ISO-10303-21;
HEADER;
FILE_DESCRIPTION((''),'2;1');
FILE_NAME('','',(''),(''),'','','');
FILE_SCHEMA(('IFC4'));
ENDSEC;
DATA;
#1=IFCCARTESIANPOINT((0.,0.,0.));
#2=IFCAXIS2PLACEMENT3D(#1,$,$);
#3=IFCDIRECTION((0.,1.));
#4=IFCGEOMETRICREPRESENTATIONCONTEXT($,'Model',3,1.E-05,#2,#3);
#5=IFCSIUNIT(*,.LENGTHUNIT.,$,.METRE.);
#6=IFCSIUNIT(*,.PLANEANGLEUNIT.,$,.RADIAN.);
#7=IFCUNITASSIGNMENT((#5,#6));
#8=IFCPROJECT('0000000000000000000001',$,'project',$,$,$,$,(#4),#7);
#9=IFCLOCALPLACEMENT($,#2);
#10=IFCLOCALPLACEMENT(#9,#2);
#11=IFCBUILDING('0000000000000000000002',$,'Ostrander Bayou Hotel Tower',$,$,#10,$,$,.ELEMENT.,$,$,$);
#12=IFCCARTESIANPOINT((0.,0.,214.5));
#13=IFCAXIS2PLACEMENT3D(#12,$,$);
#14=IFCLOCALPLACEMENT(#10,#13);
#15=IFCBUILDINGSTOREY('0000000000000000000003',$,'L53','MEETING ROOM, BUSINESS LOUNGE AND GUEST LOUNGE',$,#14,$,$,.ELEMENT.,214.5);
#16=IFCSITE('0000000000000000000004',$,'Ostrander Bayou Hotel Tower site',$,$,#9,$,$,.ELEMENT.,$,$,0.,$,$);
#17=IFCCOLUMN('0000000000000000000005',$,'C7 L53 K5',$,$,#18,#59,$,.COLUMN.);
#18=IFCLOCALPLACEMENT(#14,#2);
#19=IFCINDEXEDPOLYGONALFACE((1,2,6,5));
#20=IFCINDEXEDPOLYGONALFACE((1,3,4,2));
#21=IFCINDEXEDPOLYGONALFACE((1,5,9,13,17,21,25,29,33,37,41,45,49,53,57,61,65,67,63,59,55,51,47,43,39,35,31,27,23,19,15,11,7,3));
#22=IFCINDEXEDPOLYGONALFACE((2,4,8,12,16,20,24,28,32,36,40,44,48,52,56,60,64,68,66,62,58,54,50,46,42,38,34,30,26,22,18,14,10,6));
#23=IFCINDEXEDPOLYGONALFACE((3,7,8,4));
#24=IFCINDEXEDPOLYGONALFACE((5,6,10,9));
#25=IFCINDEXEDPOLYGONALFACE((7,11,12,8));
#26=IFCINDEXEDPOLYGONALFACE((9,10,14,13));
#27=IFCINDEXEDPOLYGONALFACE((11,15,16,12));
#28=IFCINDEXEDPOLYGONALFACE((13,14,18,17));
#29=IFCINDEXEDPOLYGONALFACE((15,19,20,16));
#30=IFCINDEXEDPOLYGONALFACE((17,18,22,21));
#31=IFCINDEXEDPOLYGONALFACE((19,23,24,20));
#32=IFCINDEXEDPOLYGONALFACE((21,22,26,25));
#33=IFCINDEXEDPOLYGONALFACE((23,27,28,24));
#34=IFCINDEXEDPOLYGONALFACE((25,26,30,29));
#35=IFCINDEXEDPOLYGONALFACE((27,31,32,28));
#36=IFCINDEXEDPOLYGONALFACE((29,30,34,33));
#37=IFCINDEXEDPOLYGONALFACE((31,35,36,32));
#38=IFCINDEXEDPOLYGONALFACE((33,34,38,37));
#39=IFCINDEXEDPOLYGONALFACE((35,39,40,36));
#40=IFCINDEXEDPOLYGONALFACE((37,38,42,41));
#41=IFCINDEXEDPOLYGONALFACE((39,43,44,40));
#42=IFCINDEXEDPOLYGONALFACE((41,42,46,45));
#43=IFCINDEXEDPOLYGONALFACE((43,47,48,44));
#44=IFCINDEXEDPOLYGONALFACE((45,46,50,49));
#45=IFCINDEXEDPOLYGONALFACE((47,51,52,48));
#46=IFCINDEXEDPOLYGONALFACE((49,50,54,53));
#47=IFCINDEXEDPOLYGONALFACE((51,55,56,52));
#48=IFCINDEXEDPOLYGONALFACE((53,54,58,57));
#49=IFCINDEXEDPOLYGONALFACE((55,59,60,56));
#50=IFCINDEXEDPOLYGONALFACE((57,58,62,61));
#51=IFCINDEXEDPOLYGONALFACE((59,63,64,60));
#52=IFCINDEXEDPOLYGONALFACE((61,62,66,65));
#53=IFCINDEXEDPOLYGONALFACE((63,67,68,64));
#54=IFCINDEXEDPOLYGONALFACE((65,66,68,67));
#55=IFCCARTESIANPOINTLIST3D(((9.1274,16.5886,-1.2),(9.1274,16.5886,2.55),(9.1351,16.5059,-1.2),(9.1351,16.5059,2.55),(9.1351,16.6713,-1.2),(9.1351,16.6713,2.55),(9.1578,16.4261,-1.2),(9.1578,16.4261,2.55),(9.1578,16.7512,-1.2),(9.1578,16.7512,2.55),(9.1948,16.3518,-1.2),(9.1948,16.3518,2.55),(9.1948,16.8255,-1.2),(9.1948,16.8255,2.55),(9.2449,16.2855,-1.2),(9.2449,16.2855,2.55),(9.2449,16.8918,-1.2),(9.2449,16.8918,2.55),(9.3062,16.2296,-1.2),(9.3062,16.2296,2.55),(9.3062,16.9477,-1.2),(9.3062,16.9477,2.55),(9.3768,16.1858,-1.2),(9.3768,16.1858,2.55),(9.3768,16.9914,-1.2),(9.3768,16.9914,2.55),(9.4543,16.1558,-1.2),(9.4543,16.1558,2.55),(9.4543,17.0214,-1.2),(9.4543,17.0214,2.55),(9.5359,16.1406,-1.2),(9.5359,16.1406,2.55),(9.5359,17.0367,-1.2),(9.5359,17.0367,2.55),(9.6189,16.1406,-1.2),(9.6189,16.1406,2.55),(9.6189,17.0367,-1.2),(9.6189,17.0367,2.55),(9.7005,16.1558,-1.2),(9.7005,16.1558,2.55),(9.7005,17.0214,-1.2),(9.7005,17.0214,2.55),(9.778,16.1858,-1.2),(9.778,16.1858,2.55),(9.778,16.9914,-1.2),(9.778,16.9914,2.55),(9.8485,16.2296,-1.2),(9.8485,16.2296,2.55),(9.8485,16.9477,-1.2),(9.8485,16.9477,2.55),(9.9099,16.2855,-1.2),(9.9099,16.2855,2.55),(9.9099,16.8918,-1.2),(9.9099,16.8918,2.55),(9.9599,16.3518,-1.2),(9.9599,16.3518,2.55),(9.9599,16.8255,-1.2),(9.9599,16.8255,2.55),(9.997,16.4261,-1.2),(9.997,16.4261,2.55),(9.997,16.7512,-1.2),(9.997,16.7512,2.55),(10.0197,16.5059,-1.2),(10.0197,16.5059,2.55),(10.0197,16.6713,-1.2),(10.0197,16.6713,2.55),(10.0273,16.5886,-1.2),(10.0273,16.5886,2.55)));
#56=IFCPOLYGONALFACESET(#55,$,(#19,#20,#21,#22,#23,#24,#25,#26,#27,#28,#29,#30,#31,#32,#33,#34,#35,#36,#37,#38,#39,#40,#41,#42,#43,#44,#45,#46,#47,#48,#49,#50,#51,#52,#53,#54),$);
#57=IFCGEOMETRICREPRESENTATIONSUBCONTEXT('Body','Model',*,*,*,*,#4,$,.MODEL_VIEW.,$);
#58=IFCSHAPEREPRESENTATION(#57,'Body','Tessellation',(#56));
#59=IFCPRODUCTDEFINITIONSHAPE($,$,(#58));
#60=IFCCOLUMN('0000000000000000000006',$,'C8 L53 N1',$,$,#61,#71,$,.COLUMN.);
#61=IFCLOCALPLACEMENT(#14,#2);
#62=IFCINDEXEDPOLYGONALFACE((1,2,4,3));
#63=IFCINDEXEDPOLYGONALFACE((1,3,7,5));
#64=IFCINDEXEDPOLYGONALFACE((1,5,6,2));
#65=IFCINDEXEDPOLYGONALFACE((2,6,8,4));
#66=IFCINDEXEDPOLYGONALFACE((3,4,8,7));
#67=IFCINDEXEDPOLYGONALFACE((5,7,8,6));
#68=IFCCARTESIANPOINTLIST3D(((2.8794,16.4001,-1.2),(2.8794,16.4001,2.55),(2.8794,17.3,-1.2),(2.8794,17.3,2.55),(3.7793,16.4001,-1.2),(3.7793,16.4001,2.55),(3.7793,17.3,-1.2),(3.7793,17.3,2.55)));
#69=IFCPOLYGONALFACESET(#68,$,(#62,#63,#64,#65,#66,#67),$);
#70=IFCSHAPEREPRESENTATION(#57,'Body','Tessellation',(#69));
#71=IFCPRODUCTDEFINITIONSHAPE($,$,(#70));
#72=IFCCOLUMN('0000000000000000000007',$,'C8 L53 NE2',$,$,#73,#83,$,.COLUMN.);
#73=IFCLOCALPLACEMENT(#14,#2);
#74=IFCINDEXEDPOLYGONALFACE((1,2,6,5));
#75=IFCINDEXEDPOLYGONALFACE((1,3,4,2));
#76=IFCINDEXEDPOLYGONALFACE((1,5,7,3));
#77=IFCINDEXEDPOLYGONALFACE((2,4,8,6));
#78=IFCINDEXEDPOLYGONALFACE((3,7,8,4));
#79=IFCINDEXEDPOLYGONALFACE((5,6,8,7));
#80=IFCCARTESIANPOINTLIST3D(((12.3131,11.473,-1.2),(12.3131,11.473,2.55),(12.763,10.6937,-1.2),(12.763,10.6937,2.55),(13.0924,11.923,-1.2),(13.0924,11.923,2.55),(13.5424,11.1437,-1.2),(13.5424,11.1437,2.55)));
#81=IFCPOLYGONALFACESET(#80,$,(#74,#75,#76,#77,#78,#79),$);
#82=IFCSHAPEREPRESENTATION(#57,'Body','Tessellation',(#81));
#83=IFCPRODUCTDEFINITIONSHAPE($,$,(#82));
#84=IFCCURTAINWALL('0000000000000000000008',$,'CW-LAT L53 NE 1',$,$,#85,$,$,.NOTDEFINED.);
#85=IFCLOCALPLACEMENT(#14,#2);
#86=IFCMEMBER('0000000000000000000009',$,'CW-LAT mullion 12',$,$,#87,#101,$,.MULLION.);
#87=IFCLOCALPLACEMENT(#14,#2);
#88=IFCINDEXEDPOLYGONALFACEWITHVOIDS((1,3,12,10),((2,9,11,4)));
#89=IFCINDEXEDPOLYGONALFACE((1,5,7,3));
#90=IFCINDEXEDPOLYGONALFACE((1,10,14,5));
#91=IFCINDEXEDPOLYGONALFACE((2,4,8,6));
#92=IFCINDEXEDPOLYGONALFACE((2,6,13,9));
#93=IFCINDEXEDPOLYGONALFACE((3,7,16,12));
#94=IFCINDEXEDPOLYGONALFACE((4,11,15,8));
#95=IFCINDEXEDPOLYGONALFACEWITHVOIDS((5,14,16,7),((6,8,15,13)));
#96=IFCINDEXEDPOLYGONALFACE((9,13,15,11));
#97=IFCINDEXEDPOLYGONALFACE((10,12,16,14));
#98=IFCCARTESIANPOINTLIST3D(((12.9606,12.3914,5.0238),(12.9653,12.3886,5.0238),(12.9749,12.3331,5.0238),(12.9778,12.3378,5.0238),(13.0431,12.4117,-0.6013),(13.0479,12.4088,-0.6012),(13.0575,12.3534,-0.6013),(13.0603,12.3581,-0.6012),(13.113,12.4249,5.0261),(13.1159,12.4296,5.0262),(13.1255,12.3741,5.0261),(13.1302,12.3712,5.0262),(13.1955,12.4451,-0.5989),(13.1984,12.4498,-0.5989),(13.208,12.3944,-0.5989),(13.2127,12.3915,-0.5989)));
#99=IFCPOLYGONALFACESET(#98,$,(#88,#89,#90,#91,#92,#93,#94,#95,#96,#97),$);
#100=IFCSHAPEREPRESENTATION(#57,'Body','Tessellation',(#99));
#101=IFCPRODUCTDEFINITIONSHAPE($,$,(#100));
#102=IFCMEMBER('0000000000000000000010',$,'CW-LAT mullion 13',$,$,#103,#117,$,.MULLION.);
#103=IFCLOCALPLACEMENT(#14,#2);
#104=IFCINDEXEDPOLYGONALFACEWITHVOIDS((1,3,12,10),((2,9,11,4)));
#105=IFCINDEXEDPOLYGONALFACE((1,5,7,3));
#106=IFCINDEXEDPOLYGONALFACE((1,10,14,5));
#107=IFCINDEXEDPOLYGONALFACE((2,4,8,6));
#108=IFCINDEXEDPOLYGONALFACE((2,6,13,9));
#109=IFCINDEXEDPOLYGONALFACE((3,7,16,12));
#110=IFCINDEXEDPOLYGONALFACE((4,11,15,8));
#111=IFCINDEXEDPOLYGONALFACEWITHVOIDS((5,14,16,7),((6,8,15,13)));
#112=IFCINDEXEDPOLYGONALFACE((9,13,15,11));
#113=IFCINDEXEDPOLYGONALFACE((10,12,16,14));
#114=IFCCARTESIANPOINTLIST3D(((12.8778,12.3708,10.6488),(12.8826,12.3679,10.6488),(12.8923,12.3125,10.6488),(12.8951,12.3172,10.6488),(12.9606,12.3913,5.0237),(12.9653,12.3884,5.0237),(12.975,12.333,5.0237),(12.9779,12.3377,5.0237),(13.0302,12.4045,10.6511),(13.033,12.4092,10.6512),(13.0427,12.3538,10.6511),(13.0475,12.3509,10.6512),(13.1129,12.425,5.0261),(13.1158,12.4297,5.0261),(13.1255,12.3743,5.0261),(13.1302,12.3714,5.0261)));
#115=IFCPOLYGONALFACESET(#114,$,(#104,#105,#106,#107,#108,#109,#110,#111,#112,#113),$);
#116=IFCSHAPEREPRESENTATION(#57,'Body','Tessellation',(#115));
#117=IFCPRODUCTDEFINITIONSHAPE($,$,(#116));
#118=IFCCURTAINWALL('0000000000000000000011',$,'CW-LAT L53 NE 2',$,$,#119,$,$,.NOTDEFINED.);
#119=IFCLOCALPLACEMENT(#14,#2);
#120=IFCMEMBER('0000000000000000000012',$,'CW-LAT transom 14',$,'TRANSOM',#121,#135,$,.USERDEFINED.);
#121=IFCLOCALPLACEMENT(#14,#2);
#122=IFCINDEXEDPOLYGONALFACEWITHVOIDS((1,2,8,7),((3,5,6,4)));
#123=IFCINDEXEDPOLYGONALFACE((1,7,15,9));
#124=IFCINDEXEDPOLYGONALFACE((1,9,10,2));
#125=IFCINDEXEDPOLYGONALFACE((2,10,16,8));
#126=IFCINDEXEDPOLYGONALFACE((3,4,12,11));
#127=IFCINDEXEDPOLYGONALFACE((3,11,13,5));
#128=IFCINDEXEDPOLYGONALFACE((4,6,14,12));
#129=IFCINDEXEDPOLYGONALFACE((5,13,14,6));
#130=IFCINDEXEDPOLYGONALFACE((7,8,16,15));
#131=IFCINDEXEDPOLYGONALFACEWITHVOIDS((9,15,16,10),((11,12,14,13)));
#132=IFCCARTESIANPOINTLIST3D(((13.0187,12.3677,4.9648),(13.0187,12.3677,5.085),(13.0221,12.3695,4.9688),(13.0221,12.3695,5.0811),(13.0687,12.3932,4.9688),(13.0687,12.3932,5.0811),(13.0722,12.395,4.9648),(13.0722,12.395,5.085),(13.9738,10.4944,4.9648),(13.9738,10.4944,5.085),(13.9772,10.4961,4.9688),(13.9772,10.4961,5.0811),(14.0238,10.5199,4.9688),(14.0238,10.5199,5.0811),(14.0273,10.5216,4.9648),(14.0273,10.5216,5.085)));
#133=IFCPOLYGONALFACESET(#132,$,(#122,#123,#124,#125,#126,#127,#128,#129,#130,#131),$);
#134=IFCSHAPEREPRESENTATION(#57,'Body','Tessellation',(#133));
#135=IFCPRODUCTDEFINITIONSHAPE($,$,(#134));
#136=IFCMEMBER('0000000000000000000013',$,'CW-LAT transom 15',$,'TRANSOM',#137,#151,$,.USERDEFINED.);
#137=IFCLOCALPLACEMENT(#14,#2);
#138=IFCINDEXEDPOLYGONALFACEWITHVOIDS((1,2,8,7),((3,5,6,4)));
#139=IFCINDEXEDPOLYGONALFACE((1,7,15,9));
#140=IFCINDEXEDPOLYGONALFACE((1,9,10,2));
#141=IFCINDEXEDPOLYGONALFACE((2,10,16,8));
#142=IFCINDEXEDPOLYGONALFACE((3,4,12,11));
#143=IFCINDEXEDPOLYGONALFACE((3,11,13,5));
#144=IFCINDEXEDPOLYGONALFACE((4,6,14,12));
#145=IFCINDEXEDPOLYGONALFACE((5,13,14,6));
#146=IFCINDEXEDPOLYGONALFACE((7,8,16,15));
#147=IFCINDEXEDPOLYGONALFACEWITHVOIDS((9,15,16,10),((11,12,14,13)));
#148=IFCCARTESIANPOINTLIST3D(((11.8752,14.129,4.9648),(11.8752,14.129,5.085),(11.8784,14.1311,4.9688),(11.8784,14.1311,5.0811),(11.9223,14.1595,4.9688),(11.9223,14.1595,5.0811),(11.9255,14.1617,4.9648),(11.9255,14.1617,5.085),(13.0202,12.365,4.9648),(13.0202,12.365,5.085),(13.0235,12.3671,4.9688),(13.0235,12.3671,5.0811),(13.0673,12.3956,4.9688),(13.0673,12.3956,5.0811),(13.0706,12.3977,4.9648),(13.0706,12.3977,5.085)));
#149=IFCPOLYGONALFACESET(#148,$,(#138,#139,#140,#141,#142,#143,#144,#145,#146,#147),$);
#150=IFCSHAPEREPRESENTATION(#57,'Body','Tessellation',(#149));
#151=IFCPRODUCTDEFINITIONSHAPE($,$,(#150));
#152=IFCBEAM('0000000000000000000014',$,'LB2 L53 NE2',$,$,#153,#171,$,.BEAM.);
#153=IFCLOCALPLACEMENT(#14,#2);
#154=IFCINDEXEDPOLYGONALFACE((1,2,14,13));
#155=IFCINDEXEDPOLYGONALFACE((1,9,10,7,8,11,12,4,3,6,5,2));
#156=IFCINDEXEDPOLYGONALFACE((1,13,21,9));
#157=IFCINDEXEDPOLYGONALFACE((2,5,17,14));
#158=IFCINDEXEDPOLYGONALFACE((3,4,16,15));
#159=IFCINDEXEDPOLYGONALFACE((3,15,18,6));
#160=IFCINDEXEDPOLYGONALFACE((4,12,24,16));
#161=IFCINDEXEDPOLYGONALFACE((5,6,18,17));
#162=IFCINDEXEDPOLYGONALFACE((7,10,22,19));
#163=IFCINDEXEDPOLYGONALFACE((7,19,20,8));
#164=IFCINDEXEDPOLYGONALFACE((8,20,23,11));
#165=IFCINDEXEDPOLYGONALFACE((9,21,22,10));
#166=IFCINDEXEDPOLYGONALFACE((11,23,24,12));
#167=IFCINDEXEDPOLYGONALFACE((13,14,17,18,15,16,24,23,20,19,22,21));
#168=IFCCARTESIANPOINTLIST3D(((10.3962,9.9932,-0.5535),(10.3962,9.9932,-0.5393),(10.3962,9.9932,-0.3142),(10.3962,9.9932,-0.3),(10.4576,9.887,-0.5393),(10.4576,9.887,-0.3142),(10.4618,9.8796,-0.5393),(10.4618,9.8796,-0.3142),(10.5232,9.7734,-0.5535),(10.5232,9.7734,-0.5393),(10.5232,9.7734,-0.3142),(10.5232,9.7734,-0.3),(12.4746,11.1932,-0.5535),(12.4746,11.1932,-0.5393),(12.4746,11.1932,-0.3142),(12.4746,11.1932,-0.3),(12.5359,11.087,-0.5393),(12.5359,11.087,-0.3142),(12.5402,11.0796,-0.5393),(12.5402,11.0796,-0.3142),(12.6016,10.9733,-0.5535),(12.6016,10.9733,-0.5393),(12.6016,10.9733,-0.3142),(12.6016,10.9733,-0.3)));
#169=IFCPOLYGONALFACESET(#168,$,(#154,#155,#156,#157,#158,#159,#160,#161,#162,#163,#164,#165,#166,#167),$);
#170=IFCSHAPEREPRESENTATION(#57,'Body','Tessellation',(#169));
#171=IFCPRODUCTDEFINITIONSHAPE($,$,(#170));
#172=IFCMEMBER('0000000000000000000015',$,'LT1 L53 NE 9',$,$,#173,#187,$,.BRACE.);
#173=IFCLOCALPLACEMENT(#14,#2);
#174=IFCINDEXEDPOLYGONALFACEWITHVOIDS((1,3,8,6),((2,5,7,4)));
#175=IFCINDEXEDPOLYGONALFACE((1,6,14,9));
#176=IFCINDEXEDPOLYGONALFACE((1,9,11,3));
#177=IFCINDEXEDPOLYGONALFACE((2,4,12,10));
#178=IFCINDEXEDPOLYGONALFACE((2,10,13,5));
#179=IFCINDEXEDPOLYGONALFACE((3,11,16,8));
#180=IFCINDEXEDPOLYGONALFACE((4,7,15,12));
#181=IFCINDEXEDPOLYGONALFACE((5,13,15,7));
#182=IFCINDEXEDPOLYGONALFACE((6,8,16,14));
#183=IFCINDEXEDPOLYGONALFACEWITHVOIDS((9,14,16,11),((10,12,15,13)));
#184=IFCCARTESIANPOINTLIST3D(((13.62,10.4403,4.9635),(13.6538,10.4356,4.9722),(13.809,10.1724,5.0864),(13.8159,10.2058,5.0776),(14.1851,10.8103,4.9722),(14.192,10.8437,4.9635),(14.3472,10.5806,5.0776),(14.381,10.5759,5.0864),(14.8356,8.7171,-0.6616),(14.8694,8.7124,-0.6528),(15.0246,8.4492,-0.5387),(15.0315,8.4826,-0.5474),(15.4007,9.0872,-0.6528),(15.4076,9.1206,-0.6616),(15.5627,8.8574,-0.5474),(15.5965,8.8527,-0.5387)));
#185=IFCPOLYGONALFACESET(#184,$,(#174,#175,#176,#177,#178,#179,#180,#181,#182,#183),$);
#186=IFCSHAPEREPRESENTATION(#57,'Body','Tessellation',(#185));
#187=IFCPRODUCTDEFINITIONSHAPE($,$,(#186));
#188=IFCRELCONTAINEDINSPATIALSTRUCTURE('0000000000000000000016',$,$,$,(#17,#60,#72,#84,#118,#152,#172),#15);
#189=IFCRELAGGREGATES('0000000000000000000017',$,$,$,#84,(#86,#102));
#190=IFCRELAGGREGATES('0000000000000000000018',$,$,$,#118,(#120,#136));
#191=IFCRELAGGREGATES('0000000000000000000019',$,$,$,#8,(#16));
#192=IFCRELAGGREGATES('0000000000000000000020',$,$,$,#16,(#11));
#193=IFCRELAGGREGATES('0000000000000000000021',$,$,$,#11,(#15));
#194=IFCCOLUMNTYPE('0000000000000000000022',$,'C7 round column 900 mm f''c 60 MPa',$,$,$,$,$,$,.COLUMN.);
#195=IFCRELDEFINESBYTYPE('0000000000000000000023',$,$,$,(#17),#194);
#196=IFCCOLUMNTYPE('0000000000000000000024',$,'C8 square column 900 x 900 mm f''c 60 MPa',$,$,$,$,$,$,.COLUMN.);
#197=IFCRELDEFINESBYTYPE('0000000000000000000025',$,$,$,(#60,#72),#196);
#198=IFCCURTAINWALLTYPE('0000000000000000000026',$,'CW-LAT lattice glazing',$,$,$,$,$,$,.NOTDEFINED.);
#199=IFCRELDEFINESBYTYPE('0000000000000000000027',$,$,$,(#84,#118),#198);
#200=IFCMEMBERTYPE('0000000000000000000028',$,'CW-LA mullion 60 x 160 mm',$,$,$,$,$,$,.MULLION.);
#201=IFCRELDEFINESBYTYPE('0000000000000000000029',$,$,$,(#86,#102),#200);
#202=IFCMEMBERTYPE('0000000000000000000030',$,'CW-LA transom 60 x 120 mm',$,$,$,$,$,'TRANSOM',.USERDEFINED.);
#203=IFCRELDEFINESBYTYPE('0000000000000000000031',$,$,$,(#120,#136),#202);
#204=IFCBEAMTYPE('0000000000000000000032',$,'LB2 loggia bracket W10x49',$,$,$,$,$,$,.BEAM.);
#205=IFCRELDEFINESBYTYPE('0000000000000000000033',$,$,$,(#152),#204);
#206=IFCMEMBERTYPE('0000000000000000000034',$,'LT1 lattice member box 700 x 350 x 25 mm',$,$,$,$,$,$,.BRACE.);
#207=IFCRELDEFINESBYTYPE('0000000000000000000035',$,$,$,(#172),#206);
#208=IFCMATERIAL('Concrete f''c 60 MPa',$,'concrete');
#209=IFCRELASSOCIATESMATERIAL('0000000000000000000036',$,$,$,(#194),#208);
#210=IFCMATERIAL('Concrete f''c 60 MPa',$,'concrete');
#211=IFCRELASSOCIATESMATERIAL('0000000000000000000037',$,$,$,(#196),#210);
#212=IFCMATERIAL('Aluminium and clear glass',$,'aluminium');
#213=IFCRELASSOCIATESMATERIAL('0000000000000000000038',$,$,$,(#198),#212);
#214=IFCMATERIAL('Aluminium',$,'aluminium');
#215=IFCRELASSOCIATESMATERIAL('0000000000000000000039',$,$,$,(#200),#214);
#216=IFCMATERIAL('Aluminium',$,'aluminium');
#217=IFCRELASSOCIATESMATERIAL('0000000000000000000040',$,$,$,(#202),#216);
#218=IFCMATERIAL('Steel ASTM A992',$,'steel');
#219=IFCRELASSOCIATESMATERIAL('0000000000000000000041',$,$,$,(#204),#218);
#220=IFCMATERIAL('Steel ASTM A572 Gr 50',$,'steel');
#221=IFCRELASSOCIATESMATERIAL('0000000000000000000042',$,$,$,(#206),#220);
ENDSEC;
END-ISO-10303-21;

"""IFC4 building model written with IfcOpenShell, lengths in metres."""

from ifc_helpers import new_model, si_unit, direction, frame, origin, origin_2d, place, context, subcontext, project, spatial, rectangle, hollow_rectangle, circle, i_section, extrude, material, material_profile, profile_set, type_object, element, aggregate, save


model = new_model("IFC4")

# Units and contexts
model_context = context("Model", 3, precision=1e-05, world=origin(), true_north=direction((0.0, 1.0)))
body_context = subcontext(model_context, "Body", "Model", "MODEL_VIEW")
ifc_project = project(units=[si_unit("LENGTHUNIT", "METRE"), si_unit("PLANEANGLEUNIT", "RADIAN")], contexts=[model_context])

# Site, building, storey
site_placement = place(None, origin())
site = spatial("IfcSite", under=ifc_project, at=site_placement, Name="Ostrander Bayou Hotel Tower site", CompositionType="ELEMENT", RefElevation=0.0)
building_placement = place(site_placement, origin())
building = spatial("IfcBuilding", under=site, at=building_placement, Name="Ostrander Bayou Hotel Tower", CompositionType="ELEMENT")
storey_placement = place(building_placement, frame((0.0, 0.0, 214.5)))
storey = spatial("IfcBuildingStorey", under=building, at=storey_placement, Name="L53", Description="MEETING ROOM, BUSINESS LOUNGE AND GUEST LOUNGE", CompositionType="ELEMENT", Elevation=214.5)

# Columns
ifc_material_1 = material(Name="Concrete f'c 60 MPa", Category="concrete")
ifc_material_profile_1 = material_profile(ifc_material_1, circle(Radius=0.45, at=origin_2d()))
ifc_profile_set_1 = profile_set([ifc_material_profile_1], Name="Concrete f'c 60 MPa")
column_type_1 = type_object("IfcColumnType", Name="C7 round column 900 mm f'c 60 MPa", PredefinedType="COLUMN", material=ifc_profile_set_1)
column_placement = place(storey_placement, frame((9.5774, 16.5886, -1.2), z_axis=(0.0, 0.0, 1.0), x_axis=(1.0, 0.0, 0.0)))
element("IfcColumn", 1, at=column_placement, inside=storey, type_object=column_type_1, Name="C7 L53 K5", PredefinedType="COLUMN", context=body_context, shape_type="SweptSolid", body=[
    extrude(circle(Radius=0.45, at=origin_2d()), origin(), (0.0, 0.0, 1.0), 3.75),
])
ifc_material_2 = material(Name="Concrete f'c 60 MPa", Category="concrete")
ifc_material_profile_2 = material_profile(ifc_material_2, rectangle(XDim=0.8999, YDim=0.8999, at=origin_2d()))
ifc_profile_set_2 = profile_set([ifc_material_profile_2], Name="Concrete f'c 60 MPa")
column_type_2 = type_object("IfcColumnType", Name="C8 square column 900 x 900 mm f'c 60 MPa", PredefinedType="COLUMN", material=ifc_profile_set_2)
for number, where, z_axis, x_axis, name in (
    (2, (3.3293, 16.8501, -1.2), (0.0, 0.0, 1.0), (1.0, 0.0, 0.0), "C8 L53 N1"),
    (3, (12.9277, 11.3083, -1.2), (0.0, 0.0, 1.0), (0.5, -0.866025, 0.0), "C8 L53 NE2"),
):
    element("IfcColumn", number, at=place(storey_placement, frame(where, z_axis=z_axis, x_axis=x_axis)), inside=storey, type_object=column_type_2, Name=name, PredefinedType="COLUMN", context=body_context, shape_type="SweptSolid", body=[
        extrude(rectangle(XDim=0.8999, YDim=0.8999, at=origin_2d()), origin(), (0.0, 0.0, 1.0), 3.75),
    ])

# Curtain walls, members
ifc_material_3 = material(Name="Aluminium and clear glass", Category="aluminium")
curtain_wall_type = type_object("IfcCurtainWallType", Name="CW-LAT lattice glazing", PredefinedType="NOTDEFINED", material=ifc_material_3)
curtain_wall_1_placement = place(storey_placement, origin())
curtain_wall_1 = element("IfcCurtainWall", 4, at=curtain_wall_1_placement, inside=storey, type_object=curtain_wall_type, Name="CW-LAT L53 NE 1", PredefinedType="NOTDEFINED")
ifc_material_4 = material(Name="Aluminium", Category="aluminium")
ifc_material_profile_3 = material_profile(ifc_material_4, hollow_rectangle(XDim=0.0601, YDim=0.1599, WallThickness=0.0039, at=origin_2d()))
ifc_profile_set_3 = profile_set([ifc_material_profile_3], Name="Aluminium")
member_type_1 = type_object("IfcMemberType", Name="CW-LA mullion 60 x 160 mm", PredefinedType="MULLION", material=ifc_profile_set_3)
member_1_placement = place(storey_placement, frame((13.1279, 12.4016, -0.6001), z_axis=(-0.014668, -0.003602, 0.999886), x_axis=(0.238477, -0.971148, 0.0)))
member_1 = element("IfcMember", 5, at=member_1_placement, type_object=member_type_1, Name="CW-LAT mullion 12", PredefinedType="MULLION", context=body_context, shape_type="SweptSolid", body=[
    extrude(hollow_rectangle(XDim=0.0601, YDim=0.1599, WallThickness=0.0039, at=origin_2d()), origin(), (0.0, 0.0, 1.0), 5.6257),
])
member_2_placement = place(storey_placement, frame((13.0454, 12.3813, 5.0249), z_axis=(-0.014712, -0.003645, 0.999885), x_axis=(0.240514, -0.970646, 0.0)))
member_2 = element("IfcMember", 6, at=member_2_placement, type_object=member_type_1, Name="CW-LAT mullion 13", PredefinedType="MULLION", context=body_context, shape_type="SweptSolid", body=[
    extrude(hollow_rectangle(XDim=0.0601, YDim=0.1599, WallThickness=0.0039, at=origin_2d()), origin(), (0.0, 0.0, 1.0), 5.6257),
])
aggregate(curtain_wall_1, [member_1, member_2])
curtain_wall_2_placement = place(storey_placement, origin())
curtain_wall_2 = element("IfcCurtainWall", 7, at=curtain_wall_2_placement, inside=storey, type_object=curtain_wall_type, Name="CW-LAT L53 NE 2", PredefinedType="NOTDEFINED")
ifc_material_5 = material(Name="Aluminium", Category="aluminium")
ifc_material_profile_4 = material_profile(ifc_material_5, hollow_rectangle(XDim=0.0601, YDim=0.1201, WallThickness=0.0039, at=origin_2d()))
ifc_profile_set_4 = profile_set([ifc_material_profile_4], Name="Aluminium")
member_type_2 = type_object("IfcMemberType", Name="CW-LA transom 60 x 120 mm", ElementType="TRANSOM", PredefinedType="USERDEFINED", material=ifc_profile_set_4)
member_3_placement = place(storey_placement, frame((13.0454, 12.3813, 5.0249), z_axis=(0.454213, -0.890893, 0.0), x_axis=(0.890893, 0.454213, 0.0)))
member_3 = element("IfcMember", 8, at=member_3_placement, type_object=member_type_2, Name="CW-LAT transom 14", ObjectType="TRANSOM", PredefinedType="USERDEFINED", context=body_context, shape_type="SweptSolid", body=[
    extrude(hollow_rectangle(XDim=0.0601, YDim=0.1201, WallThickness=0.0039, at=origin_2d()), origin(), (0.0, 0.0, 1.0), 2.1028),
])
member_4_placement = place(storey_placement, frame((13.0454, 12.3813, 5.0249), z_axis=(-0.544478, 0.838775, 0.0), x_axis=(-0.838775, -0.544478, 0.0)))
member_4 = element("IfcMember", 9, at=member_4_placement, type_object=member_type_2, Name="CW-LAT transom 15", ObjectType="TRANSOM", PredefinedType="USERDEFINED", context=body_context, shape_type="SweptSolid", body=[
    extrude(hollow_rectangle(XDim=0.0601, YDim=0.1201, WallThickness=0.0039, at=origin_2d()), origin(), (0.0, 0.0, 1.0), 2.103),
])
aggregate(curtain_wall_2, [member_3, member_4])

# Beam
ifc_material_6 = material(Name="Steel ASTM A992", Category="steel")
ifc_material_profile_5 = material_profile(ifc_material_6, i_section(OverallWidth=0.2539, OverallDepth=0.2534, WebThickness=0.0085, FlangeThickness=0.0142, at=origin_2d()))
ifc_profile_set_5 = profile_set([ifc_material_profile_5], Name="Steel ASTM A992")
beam_type_1 = type_object("IfcBeamType", Name="LB2 loggia bracket W10x49", PredefinedType="BEAM", material=ifc_profile_set_5)
beam_1_placement = place(storey_placement, frame((12.5381, 11.0833, -0.4268), z_axis=(-0.866025, -0.500001, 0.0), x_axis=(0.500001, -0.866025, 0.0)))
element("IfcBeam", 10, at=beam_1_placement, inside=storey, type_object=beam_type_1, Name="LB2 L53 NE2", PredefinedType="BEAM", context=body_context, shape_type="SweptSolid", body=[
    extrude(i_section(OverallWidth=0.2539, OverallDepth=0.2534, WebThickness=0.0085, FlangeThickness=0.0142, at=origin_2d()), origin(), (0.0, 0.0, 1.0), 2.3999),
])

# Member
ifc_material_7 = material(Name="Steel ASTM A572 Gr 50", Category="steel")
ifc_material_profile_6 = material_profile(ifc_material_7, hollow_rectangle(XDim=0.7, YDim=0.3501, WallThickness=0.0249, at=origin_2d()))
ifc_profile_set_6 = profile_set([ifc_material_profile_6], Name="Steel ASTM A572 Gr 50")
member_type_3 = type_object("IfcMemberType", Name="LT1 lattice member box 700 x 350 x 25 mm", PredefinedType="BRACE", material=ifc_profile_set_6)
member_5_placement = place(storey_placement, frame((14.0005, 10.5081, 5.0249), z_axis=(0.20235, -0.286842, -0.936363), x_axis=(0.817138, 0.576442, 0.0)))
element("IfcMember", 11, at=member_5_placement, inside=storey, type_object=member_type_3, Name="LT1 L53 NE 9", PredefinedType="BRACE", context=body_context, shape_type="SweptSolid", body=[
    extrude(hollow_rectangle(XDim=0.7, YDim=0.3501, WallThickness=0.0249, at=origin_2d()), origin(), (0.0, 0.0, 1.0), 6.0073),
])

save(model, "model.ifc")
